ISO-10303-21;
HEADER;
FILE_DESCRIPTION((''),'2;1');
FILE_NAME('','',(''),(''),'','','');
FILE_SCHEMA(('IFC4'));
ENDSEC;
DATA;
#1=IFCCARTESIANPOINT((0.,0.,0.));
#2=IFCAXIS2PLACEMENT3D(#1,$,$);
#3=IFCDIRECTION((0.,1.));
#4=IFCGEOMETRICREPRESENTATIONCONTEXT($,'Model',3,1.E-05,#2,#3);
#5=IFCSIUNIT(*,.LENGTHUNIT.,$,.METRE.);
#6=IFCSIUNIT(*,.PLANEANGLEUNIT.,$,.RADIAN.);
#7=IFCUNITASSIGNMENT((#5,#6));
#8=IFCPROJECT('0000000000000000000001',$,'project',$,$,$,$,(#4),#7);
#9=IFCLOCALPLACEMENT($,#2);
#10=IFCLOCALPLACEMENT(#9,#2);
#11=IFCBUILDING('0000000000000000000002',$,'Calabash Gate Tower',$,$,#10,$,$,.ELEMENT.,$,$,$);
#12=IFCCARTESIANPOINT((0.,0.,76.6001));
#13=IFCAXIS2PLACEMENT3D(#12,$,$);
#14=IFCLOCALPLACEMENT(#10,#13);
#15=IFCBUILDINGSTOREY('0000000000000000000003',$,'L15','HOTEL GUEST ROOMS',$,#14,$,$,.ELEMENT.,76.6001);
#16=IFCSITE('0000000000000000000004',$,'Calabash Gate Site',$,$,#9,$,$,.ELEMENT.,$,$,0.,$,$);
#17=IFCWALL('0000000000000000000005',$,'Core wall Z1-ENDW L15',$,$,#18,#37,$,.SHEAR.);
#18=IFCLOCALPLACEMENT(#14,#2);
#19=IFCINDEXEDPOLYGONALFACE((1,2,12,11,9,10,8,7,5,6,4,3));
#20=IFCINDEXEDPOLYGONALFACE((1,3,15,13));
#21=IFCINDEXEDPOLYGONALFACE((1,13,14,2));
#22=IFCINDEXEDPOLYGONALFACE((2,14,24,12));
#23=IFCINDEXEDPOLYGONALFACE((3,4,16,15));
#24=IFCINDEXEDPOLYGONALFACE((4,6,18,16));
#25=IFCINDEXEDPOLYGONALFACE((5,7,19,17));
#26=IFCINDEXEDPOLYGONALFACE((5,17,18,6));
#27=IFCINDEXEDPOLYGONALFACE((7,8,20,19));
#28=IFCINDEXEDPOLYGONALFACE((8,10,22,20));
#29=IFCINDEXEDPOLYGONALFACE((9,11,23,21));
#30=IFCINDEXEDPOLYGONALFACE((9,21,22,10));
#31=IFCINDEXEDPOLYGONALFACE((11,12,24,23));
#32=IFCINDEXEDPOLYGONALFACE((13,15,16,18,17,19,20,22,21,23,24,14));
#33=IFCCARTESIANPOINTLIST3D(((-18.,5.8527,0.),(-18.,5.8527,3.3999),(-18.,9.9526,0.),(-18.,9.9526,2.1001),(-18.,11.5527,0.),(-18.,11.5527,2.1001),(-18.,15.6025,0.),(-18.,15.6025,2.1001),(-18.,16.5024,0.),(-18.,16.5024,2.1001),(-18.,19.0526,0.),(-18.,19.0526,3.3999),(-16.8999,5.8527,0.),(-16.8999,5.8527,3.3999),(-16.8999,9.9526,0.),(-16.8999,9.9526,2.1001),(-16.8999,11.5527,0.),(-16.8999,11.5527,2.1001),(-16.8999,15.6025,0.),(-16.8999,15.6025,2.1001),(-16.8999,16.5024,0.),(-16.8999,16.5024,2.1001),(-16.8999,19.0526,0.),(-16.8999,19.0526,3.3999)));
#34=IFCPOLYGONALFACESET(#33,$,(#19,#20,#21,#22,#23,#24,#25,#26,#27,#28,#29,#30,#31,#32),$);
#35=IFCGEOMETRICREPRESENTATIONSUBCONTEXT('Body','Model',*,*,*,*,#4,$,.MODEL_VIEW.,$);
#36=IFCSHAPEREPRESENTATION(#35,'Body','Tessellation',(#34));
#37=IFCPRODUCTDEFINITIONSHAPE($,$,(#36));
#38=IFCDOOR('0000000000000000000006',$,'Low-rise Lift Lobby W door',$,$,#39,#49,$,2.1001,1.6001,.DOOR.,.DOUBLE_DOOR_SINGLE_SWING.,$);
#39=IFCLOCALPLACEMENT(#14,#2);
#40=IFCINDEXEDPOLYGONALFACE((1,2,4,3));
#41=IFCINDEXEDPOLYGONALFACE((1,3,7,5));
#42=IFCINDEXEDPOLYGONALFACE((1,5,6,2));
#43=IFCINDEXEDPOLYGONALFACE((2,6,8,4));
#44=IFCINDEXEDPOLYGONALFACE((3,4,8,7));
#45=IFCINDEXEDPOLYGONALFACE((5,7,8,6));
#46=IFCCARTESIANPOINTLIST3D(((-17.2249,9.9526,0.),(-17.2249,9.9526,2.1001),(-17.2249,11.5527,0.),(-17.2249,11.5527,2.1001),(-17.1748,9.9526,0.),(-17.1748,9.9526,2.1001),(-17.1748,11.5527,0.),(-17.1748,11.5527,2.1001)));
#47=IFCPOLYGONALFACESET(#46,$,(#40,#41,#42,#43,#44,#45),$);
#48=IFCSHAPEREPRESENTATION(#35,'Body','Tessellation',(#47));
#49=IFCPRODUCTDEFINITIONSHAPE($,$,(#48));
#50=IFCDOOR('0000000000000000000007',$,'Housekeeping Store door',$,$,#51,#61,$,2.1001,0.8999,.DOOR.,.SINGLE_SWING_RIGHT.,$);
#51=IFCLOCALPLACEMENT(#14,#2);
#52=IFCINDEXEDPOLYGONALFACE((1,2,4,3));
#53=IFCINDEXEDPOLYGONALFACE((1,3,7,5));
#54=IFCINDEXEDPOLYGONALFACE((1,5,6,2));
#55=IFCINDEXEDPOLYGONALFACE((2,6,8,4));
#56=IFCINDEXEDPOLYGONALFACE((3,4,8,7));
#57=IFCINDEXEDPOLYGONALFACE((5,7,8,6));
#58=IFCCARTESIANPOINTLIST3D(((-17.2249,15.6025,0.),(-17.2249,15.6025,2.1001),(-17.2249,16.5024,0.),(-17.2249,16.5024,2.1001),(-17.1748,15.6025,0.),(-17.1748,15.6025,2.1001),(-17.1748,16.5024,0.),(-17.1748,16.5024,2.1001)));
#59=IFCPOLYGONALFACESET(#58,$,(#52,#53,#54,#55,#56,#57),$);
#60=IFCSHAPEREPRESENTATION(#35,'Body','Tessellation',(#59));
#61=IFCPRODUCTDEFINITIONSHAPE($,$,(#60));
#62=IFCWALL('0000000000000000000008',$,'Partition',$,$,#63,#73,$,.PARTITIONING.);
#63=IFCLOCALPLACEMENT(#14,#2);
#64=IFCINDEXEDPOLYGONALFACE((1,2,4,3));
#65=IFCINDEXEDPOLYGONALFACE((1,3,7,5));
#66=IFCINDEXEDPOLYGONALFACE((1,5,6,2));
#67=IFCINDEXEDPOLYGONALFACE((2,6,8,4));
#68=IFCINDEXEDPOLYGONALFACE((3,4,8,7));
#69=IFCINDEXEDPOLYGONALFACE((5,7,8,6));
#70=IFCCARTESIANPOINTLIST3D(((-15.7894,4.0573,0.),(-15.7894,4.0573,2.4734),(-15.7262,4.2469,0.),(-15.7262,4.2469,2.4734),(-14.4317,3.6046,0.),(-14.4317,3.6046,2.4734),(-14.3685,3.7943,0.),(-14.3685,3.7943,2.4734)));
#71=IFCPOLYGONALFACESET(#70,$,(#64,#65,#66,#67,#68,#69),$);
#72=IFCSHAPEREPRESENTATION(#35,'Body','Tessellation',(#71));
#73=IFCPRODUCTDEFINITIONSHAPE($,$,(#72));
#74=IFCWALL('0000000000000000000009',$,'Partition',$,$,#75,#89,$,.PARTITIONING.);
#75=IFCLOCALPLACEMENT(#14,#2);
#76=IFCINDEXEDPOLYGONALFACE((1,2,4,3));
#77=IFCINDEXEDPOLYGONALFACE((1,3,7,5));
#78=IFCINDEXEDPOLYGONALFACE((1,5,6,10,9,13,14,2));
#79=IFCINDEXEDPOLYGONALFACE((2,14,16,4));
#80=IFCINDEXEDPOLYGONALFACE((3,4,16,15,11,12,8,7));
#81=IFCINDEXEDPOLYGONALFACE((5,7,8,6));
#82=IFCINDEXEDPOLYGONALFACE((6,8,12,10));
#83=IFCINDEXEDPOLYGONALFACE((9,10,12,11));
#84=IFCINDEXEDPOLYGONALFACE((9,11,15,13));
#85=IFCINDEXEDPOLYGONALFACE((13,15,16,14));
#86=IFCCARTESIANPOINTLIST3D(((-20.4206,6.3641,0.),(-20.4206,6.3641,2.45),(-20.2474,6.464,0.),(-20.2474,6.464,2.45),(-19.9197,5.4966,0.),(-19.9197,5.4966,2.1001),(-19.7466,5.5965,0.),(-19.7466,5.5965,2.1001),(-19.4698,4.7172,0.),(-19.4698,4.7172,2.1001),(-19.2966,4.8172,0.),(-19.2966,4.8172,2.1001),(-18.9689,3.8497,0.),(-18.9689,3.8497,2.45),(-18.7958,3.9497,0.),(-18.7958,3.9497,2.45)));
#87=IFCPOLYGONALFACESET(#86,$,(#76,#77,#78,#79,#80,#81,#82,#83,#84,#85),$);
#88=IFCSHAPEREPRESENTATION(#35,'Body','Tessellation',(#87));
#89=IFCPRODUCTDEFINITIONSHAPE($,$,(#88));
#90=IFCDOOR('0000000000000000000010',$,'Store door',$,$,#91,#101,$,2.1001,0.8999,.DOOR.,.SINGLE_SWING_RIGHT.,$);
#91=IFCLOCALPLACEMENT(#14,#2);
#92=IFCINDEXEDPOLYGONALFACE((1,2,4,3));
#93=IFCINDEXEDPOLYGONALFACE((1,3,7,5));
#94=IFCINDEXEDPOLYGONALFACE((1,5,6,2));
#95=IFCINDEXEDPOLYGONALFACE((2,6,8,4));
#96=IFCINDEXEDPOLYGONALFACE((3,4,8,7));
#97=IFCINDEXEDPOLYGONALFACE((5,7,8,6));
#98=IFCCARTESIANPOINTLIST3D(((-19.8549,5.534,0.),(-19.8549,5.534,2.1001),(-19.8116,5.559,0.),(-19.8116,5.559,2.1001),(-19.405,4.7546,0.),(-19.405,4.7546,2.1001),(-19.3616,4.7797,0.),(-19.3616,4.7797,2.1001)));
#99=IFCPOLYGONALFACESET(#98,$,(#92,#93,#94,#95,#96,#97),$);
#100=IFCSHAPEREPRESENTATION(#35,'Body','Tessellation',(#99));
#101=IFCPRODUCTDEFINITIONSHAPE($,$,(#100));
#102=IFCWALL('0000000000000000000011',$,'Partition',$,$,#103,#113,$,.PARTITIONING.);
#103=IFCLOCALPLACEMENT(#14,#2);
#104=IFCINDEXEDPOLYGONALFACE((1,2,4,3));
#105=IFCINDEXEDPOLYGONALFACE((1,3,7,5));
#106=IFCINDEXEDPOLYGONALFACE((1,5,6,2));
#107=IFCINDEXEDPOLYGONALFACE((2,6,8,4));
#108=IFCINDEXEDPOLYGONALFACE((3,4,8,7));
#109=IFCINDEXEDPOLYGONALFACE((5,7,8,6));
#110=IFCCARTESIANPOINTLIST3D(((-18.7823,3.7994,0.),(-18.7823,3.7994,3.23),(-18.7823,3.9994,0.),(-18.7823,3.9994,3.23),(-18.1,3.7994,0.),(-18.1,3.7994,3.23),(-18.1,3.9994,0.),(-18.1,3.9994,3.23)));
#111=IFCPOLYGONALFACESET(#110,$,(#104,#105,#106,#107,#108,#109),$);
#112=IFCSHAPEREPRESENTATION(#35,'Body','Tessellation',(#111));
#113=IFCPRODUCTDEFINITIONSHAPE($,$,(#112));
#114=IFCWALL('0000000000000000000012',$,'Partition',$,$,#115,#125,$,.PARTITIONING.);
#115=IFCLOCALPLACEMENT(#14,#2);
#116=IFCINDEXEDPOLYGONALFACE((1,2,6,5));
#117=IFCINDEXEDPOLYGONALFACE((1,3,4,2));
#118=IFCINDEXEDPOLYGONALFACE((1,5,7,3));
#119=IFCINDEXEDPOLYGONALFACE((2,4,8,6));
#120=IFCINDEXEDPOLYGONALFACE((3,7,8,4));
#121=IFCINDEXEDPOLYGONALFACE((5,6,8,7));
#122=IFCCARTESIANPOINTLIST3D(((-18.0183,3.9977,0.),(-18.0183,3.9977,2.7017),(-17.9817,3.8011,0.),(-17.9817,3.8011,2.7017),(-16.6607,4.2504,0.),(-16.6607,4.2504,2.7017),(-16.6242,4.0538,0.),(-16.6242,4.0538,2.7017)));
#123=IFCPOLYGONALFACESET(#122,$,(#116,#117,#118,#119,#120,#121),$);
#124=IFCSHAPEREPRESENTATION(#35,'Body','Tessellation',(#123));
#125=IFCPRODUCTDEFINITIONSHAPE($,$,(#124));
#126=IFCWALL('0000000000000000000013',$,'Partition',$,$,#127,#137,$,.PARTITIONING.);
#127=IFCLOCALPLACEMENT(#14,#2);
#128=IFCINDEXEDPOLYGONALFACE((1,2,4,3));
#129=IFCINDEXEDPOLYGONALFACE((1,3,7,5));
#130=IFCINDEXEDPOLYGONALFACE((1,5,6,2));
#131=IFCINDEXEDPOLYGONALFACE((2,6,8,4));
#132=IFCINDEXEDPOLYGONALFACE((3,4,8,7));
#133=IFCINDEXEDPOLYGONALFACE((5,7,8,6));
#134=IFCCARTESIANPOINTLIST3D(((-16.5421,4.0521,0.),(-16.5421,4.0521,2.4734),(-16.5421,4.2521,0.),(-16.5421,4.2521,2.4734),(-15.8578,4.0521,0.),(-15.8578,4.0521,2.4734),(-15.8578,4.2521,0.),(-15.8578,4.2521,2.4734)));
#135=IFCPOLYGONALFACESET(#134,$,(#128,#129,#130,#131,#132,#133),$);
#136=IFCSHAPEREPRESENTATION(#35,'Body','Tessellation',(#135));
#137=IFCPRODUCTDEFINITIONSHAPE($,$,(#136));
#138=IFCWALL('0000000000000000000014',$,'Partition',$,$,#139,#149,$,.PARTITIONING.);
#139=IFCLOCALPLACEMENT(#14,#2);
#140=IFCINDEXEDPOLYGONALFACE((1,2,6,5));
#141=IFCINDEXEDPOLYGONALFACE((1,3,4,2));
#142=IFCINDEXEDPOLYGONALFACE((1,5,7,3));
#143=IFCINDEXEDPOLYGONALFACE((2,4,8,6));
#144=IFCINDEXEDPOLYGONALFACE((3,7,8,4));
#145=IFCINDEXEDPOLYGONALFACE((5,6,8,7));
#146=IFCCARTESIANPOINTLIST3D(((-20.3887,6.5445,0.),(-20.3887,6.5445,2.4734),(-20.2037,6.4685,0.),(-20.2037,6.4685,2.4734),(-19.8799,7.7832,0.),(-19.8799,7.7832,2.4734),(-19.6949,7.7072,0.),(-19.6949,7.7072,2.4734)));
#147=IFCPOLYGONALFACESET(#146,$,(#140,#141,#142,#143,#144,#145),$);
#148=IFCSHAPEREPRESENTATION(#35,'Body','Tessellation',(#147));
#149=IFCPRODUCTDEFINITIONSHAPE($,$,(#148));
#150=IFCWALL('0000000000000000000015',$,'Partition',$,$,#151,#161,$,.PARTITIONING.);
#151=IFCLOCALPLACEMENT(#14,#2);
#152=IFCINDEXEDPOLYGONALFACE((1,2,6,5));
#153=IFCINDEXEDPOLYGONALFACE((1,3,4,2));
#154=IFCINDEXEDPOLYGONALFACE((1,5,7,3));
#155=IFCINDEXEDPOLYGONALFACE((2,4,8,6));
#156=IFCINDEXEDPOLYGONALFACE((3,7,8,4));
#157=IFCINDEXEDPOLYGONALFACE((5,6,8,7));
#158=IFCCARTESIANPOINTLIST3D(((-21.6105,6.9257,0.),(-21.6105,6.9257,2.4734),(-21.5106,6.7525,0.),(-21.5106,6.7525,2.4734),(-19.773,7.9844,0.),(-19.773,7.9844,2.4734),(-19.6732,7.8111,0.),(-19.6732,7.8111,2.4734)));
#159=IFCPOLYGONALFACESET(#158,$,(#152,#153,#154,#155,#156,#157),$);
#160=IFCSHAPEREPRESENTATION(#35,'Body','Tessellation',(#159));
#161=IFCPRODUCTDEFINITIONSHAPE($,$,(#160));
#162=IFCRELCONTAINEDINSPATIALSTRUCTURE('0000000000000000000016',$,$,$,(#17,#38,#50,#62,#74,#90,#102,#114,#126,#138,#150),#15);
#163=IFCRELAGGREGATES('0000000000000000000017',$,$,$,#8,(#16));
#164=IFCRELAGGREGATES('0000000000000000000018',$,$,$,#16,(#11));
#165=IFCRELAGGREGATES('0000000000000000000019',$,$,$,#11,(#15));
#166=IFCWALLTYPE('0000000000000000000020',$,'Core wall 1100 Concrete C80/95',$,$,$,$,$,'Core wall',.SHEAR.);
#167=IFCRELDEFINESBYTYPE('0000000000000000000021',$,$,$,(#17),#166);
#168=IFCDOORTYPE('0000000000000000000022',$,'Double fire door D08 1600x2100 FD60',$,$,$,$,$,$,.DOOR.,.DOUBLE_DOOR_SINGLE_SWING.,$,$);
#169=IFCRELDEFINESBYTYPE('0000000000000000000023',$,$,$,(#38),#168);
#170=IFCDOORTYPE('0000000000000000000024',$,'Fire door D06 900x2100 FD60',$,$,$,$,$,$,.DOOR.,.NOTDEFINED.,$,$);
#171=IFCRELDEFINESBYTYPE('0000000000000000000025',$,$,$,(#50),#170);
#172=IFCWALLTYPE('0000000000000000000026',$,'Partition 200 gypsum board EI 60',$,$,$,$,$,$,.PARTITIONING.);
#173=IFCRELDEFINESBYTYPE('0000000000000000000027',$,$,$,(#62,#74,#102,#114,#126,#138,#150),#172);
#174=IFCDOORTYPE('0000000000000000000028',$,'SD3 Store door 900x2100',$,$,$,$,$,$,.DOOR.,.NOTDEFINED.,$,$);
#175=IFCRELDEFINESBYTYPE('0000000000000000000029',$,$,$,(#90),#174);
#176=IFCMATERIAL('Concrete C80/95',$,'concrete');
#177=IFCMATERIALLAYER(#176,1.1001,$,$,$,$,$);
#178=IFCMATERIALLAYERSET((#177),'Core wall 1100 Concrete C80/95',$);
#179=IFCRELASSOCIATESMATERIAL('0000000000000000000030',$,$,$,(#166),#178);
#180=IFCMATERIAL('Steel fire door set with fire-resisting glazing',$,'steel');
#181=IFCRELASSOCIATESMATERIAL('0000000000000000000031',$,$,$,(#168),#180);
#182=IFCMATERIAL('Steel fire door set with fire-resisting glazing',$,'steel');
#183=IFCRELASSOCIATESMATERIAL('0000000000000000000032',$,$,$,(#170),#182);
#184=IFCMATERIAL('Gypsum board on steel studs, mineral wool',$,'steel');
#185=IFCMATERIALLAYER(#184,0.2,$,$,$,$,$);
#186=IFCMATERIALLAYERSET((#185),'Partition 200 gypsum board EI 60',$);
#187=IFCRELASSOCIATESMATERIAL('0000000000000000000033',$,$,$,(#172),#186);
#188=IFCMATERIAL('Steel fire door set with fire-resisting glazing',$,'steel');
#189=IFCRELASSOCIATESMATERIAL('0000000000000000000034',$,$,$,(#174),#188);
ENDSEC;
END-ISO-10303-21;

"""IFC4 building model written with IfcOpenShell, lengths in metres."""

from ifc_helpers import new_model, si_unit, direction, frame, frame_2d, origin, place, context, subcontext, project, spatial, rectangle, extrude, material, layer, layer_set, type_object, element, fill, save


model = new_model("IFC4")

# Units and contexts
model_context = context("Model", 3, precision=1e-05, world=origin(), true_north=direction((0.0, 1.0)))
body_context = subcontext(model_context, "Body", "Model", "MODEL_VIEW")
ifc_project = project(units=[si_unit("LENGTHUNIT", "METRE"), si_unit("PLANEANGLEUNIT", "RADIAN")], contexts=[model_context])

# Site, building, storey
site_placement = place(None, origin())
site = spatial("IfcSite", under=ifc_project, at=site_placement, Name="Calabash Gate Site", CompositionType="ELEMENT", RefElevation=0.0)
building_placement = place(site_placement, origin())
building = spatial("IfcBuilding", under=site, at=building_placement, Name="Calabash Gate Tower", CompositionType="ELEMENT")
storey_placement = place(building_placement, frame((0.0, 0.0, 76.6001)))
storey = spatial("IfcBuildingStorey", under=building, at=storey_placement, Name="L15", Description="HOTEL GUEST ROOMS", CompositionType="ELEMENT", Elevation=76.6001)

# Wall, openings, doors
ifc_material_1 = material(Name="Concrete C80/95", Category="concrete")
ifc_layer_1 = layer(ifc_material_1, 1.1001)
ifc_layer_set_1 = layer_set([ifc_layer_1], Name="Core wall 1100 Concrete C80/95")
wall_type_1 = type_object("IfcWallType", Name="Core wall 1100 Concrete C80/95", ElementType="Core wall", PredefinedType="SHEAR", material=ifc_layer_set_1)
wall_1_placement = place(storey_placement, frame((-17.45, 5.8525, 0.0), z_axis=(0.0, 0.0, 1.0), x_axis=(0.0, 1.0, 0.0)))
wall_1 = element("IfcWall", 1, at=wall_1_placement, inside=storey, type_object=wall_type_1, Name="Core wall Z1-ENDW L15", PredefinedType="SHEAR", context=body_context, shape_type="SweptSolid", body=[
    extrude(rectangle(XDim=13.2, YDim=1.1001, at=frame_2d((6.6001, 0.0))), origin(), (0.0, 0.0, 1.0), 3.3999),
])
opening_1_placement = place(wall_1_placement, frame((4.1001, 0.0, 0.0)))
opening_1 = element("IfcOpeningElement", 2, at=opening_1_placement, cuts=wall_1, PredefinedType="OPENING", context=body_context, shape_type="SweptSolid", body=[
    extrude(rectangle(XDim=1.6001, YDim=2.1001, at=frame_2d((0.8, 1.05))), frame((0.0, 0.5601, 0.0), z_axis=(0.0, -1.0, 0.0), x_axis=(1.0, 0.0, 0.0)), (0.0, 0.0, 1.0), 1.1201),
])
opening_2_placement = place(wall_1_placement, frame((9.75, 0.0, 0.0)))
opening_2 = element("IfcOpeningElement", 3, at=opening_2_placement, cuts=wall_1, PredefinedType="OPENING", context=body_context, shape_type="SweptSolid", body=[
    extrude(rectangle(XDim=0.8999, YDim=2.1001, at=frame_2d((0.45, 1.05))), frame((0.0, 0.5601, 0.0), z_axis=(0.0, -1.0, 0.0), x_axis=(1.0, 0.0, 0.0)), (0.0, 0.0, 1.0), 1.1201),
])
ifc_material_2 = material(Name="Steel fire door set with fire-resisting glazing", Category="steel")
door_type_1 = type_object("IfcDoorType", Name="Double fire door D08 1600x2100 FD60", OperationType="DOUBLE_DOOR_SINGLE_SWING", PredefinedType="DOOR", material=ifc_material_2)
door_1_placement = place(opening_1_placement, origin())
door_1 = element("IfcDoor", 4, at=door_1_placement, inside=storey, type_object=door_type_1, Name="Low-rise Lift Lobby W door", OperationType="DOUBLE_DOOR_SINGLE_SWING", OverallHeight=2.1001, OverallWidth=1.6001, PredefinedType="DOOR", context=body_context, shape_type="SweptSolid", body=[
    extrude(rectangle(XDim=1.6001, YDim=2.1001, at=frame_2d((0.8, 1.05))), frame((0.0, -0.2251, 0.0), z_axis=(0.0, -1.0, 0.0), x_axis=(1.0, 0.0, 0.0)), (0.0, 0.0, 1.0), 0.05),
])
fill(opening_1, door_1)
ifc_material_3 = material(Name="Steel fire door set with fire-resisting glazing", Category="steel")
door_type_2 = type_object("IfcDoorType", Name="Fire door D06 900x2100 FD60", OperationType="NOTDEFINED", PredefinedType="DOOR", material=ifc_material_3)
door_2_placement = place(opening_2_placement, origin())
door_2 = element("IfcDoor", 5, at=door_2_placement, inside=storey, type_object=door_type_2, Name="Housekeeping Store door", OperationType="SINGLE_SWING_RIGHT", OverallHeight=2.1001, OverallWidth=0.8999, PredefinedType="DOOR", context=body_context, shape_type="SweptSolid", body=[
    extrude(rectangle(XDim=0.8999, YDim=2.1001, at=frame_2d((0.45, 1.05))), frame((0.0, -0.2251, 0.0), z_axis=(0.0, -1.0, 0.0), x_axis=(1.0, 0.0, 0.0)), (0.0, 0.0, 1.0), 0.05),
])
fill(opening_2, door_2)

# Wall
ifc_material_4 = material(Name="Gypsum board on steel studs, mineral wool", Category="steel")
ifc_layer_2 = layer(ifc_material_4, 0.2)
ifc_layer_set_2 = layer_set([ifc_layer_2], Name="Partition 200 gypsum board EI 60")
wall_type_2 = type_object("IfcWallType", Name="Partition 200 gypsum board EI 60", PredefinedType="PARTITIONING", material=ifc_layer_set_2)
wall_2_placement = place(storey_placement, frame((-15.7578, 4.1521, 0.0), z_axis=(0.0, 0.0, 1.0), x_axis=(0.948666, -0.316279, 0.0)))
element("IfcWall", 6, at=wall_2_placement, inside=storey, type_object=wall_type_2, Name="Partition", PredefinedType="PARTITIONING", context=body_context, shape_type="SweptSolid", body=[
    extrude(rectangle(XDim=1.4312, YDim=0.2, at=frame_2d((0.7156, 0.0))), origin(), (0.0, 0.0, 1.0), 2.4734),
])

# Wall, opening, door
wall_3_placement = place(storey_placement, frame((-20.334, 6.4141, 0.0), z_axis=(0.0, 0.0, 1.0), x_axis=(0.499992, -0.86603, 0.0)))
wall_3 = element("IfcWall", 7, at=wall_3_placement, inside=storey, type_object=wall_type_2, Name="Partition", PredefinedType="PARTITIONING", context=body_context, shape_type="SweptSolid", body=[
    extrude(rectangle(XDim=2.9033, YDim=0.2, at=frame_2d((1.4517, 0.0))), origin(), (0.0, 0.0, 1.0), 2.45),
])
opening_3_placement = place(wall_3_placement, frame((1.0017, 0.0, 0.0)))
opening_3 = element("IfcOpeningElement", 8, at=opening_3_placement, cuts=wall_3, PredefinedType="OPENING", context=body_context, shape_type="SweptSolid", body=[
    extrude(rectangle(XDim=0.8999, YDim=2.1001, at=frame_2d((0.45, 1.05))), frame((0.0, 0.1099, 0.0), z_axis=(0.0, -1.0, 0.0), x_axis=(1.0, 0.0, 0.0)), (0.0, 0.0, 1.0), 0.22),
])
ifc_material_5 = material(Name="Steel fire door set with fire-resisting glazing", Category="steel")
door_type_3 = type_object("IfcDoorType", Name="SD3 Store door 900x2100", OperationType="NOTDEFINED", PredefinedType="DOOR", material=ifc_material_5)
door_3_placement = place(opening_3_placement, origin())
door_3 = element("IfcDoor", 9, at=door_3_placement, inside=storey, type_object=door_type_3, Name="Store door", OperationType="SINGLE_SWING_RIGHT", OverallHeight=2.1001, OverallWidth=0.8999, PredefinedType="DOOR", context=body_context, shape_type="SweptSolid", body=[
    extrude(rectangle(XDim=0.8999, YDim=2.1001, at=frame_2d((0.45, 1.05))), frame((0.0, 0.0249, 0.0), z_axis=(0.0, -1.0, 0.0), x_axis=(1.0, 0.0, 0.0)), (0.0, 0.0, 1.0), 0.05),
])
fill(opening_3, door_3)

# Walls
wall_4_placement = place(storey_placement, frame((-18.7825, 3.8994, 0.0), z_axis=(0.0, 0.0, 1.0), x_axis=(1.0, 0.0, 0.0)))
element("IfcWall", 10, at=wall_4_placement, inside=storey, type_object=wall_type_2, Name="Partition", PredefinedType="PARTITIONING", context=body_context, shape_type="SweptSolid", body=[
    extrude(rectangle(XDim=0.6824, YDim=0.2, at=frame_2d((0.3413, 0.0))), origin(), (0.0, 0.0, 1.0), 3.23),
])
wall_5_placement = place(storey_placement, frame((-18.0, 3.8994, 0.0), z_axis=(0.0, 0.0, 1.0), x_axis=(0.983117, 0.182975, 0.0)))
element("IfcWall", 11, at=wall_5_placement, inside=storey, type_object=wall_type_2, Name="Partition", PredefinedType="PARTITIONING", context=body_context, shape_type="SweptSolid", body=[
    extrude(rectangle(XDim=1.3809, YDim=0.2, at=frame_2d((0.6904, 0.0))), origin(), (0.0, 0.0, 1.0), 2.7017),
])
wall_6_placement = place(storey_placement, frame((-16.5422, 4.1521, 0.0), z_axis=(0.0, 0.0, 1.0), x_axis=(1.0, 0.0, 0.0)))
element("IfcWall", 12, at=wall_6_placement, inside=storey, type_object=wall_type_2, Name="Partition", PredefinedType="PARTITIONING", context=body_context, shape_type="SweptSolid", body=[
    extrude(rectangle(XDim=0.6843, YDim=0.2, at=frame_2d((0.3423, 0.0))), origin(), (0.0, 0.0, 1.0), 2.4734),
])
wall_7_placement = place(storey_placement, frame((-20.2961, 6.5066, 0.0), z_axis=(0.0, 0.0, 1.0), x_axis=(0.379924, 0.925018, 0.0)))
element("IfcWall", 13, at=wall_7_placement, inside=storey, type_object=wall_type_2, Name="Partition", PredefinedType="PARTITIONING", context=body_context, shape_type="SweptSolid", body=[
    extrude(rectangle(XDim=1.3391, YDim=0.2, at=frame_2d((0.6694, 0.0))), origin(), (0.0, 0.0, 1.0), 2.4734),
])
wall_8_placement = place(storey_placement, frame((-21.5605, 6.8391, 0.0), z_axis=(0.0, 0.0, 1.0), x_axis=(0.866481, 0.499211, 0.0)))
element("IfcWall", 14, at=wall_8_placement, inside=storey, type_object=wall_type_2, Name="Partition", PredefinedType="PARTITIONING", context=body_context, shape_type="SweptSolid", body=[
    extrude(rectangle(XDim=2.1206, YDim=0.2, at=frame_2d((1.0603, 0.0))), origin(), (0.0, 0.0, 1.0), 2.4734),
])

save(model, "model.ifc")
